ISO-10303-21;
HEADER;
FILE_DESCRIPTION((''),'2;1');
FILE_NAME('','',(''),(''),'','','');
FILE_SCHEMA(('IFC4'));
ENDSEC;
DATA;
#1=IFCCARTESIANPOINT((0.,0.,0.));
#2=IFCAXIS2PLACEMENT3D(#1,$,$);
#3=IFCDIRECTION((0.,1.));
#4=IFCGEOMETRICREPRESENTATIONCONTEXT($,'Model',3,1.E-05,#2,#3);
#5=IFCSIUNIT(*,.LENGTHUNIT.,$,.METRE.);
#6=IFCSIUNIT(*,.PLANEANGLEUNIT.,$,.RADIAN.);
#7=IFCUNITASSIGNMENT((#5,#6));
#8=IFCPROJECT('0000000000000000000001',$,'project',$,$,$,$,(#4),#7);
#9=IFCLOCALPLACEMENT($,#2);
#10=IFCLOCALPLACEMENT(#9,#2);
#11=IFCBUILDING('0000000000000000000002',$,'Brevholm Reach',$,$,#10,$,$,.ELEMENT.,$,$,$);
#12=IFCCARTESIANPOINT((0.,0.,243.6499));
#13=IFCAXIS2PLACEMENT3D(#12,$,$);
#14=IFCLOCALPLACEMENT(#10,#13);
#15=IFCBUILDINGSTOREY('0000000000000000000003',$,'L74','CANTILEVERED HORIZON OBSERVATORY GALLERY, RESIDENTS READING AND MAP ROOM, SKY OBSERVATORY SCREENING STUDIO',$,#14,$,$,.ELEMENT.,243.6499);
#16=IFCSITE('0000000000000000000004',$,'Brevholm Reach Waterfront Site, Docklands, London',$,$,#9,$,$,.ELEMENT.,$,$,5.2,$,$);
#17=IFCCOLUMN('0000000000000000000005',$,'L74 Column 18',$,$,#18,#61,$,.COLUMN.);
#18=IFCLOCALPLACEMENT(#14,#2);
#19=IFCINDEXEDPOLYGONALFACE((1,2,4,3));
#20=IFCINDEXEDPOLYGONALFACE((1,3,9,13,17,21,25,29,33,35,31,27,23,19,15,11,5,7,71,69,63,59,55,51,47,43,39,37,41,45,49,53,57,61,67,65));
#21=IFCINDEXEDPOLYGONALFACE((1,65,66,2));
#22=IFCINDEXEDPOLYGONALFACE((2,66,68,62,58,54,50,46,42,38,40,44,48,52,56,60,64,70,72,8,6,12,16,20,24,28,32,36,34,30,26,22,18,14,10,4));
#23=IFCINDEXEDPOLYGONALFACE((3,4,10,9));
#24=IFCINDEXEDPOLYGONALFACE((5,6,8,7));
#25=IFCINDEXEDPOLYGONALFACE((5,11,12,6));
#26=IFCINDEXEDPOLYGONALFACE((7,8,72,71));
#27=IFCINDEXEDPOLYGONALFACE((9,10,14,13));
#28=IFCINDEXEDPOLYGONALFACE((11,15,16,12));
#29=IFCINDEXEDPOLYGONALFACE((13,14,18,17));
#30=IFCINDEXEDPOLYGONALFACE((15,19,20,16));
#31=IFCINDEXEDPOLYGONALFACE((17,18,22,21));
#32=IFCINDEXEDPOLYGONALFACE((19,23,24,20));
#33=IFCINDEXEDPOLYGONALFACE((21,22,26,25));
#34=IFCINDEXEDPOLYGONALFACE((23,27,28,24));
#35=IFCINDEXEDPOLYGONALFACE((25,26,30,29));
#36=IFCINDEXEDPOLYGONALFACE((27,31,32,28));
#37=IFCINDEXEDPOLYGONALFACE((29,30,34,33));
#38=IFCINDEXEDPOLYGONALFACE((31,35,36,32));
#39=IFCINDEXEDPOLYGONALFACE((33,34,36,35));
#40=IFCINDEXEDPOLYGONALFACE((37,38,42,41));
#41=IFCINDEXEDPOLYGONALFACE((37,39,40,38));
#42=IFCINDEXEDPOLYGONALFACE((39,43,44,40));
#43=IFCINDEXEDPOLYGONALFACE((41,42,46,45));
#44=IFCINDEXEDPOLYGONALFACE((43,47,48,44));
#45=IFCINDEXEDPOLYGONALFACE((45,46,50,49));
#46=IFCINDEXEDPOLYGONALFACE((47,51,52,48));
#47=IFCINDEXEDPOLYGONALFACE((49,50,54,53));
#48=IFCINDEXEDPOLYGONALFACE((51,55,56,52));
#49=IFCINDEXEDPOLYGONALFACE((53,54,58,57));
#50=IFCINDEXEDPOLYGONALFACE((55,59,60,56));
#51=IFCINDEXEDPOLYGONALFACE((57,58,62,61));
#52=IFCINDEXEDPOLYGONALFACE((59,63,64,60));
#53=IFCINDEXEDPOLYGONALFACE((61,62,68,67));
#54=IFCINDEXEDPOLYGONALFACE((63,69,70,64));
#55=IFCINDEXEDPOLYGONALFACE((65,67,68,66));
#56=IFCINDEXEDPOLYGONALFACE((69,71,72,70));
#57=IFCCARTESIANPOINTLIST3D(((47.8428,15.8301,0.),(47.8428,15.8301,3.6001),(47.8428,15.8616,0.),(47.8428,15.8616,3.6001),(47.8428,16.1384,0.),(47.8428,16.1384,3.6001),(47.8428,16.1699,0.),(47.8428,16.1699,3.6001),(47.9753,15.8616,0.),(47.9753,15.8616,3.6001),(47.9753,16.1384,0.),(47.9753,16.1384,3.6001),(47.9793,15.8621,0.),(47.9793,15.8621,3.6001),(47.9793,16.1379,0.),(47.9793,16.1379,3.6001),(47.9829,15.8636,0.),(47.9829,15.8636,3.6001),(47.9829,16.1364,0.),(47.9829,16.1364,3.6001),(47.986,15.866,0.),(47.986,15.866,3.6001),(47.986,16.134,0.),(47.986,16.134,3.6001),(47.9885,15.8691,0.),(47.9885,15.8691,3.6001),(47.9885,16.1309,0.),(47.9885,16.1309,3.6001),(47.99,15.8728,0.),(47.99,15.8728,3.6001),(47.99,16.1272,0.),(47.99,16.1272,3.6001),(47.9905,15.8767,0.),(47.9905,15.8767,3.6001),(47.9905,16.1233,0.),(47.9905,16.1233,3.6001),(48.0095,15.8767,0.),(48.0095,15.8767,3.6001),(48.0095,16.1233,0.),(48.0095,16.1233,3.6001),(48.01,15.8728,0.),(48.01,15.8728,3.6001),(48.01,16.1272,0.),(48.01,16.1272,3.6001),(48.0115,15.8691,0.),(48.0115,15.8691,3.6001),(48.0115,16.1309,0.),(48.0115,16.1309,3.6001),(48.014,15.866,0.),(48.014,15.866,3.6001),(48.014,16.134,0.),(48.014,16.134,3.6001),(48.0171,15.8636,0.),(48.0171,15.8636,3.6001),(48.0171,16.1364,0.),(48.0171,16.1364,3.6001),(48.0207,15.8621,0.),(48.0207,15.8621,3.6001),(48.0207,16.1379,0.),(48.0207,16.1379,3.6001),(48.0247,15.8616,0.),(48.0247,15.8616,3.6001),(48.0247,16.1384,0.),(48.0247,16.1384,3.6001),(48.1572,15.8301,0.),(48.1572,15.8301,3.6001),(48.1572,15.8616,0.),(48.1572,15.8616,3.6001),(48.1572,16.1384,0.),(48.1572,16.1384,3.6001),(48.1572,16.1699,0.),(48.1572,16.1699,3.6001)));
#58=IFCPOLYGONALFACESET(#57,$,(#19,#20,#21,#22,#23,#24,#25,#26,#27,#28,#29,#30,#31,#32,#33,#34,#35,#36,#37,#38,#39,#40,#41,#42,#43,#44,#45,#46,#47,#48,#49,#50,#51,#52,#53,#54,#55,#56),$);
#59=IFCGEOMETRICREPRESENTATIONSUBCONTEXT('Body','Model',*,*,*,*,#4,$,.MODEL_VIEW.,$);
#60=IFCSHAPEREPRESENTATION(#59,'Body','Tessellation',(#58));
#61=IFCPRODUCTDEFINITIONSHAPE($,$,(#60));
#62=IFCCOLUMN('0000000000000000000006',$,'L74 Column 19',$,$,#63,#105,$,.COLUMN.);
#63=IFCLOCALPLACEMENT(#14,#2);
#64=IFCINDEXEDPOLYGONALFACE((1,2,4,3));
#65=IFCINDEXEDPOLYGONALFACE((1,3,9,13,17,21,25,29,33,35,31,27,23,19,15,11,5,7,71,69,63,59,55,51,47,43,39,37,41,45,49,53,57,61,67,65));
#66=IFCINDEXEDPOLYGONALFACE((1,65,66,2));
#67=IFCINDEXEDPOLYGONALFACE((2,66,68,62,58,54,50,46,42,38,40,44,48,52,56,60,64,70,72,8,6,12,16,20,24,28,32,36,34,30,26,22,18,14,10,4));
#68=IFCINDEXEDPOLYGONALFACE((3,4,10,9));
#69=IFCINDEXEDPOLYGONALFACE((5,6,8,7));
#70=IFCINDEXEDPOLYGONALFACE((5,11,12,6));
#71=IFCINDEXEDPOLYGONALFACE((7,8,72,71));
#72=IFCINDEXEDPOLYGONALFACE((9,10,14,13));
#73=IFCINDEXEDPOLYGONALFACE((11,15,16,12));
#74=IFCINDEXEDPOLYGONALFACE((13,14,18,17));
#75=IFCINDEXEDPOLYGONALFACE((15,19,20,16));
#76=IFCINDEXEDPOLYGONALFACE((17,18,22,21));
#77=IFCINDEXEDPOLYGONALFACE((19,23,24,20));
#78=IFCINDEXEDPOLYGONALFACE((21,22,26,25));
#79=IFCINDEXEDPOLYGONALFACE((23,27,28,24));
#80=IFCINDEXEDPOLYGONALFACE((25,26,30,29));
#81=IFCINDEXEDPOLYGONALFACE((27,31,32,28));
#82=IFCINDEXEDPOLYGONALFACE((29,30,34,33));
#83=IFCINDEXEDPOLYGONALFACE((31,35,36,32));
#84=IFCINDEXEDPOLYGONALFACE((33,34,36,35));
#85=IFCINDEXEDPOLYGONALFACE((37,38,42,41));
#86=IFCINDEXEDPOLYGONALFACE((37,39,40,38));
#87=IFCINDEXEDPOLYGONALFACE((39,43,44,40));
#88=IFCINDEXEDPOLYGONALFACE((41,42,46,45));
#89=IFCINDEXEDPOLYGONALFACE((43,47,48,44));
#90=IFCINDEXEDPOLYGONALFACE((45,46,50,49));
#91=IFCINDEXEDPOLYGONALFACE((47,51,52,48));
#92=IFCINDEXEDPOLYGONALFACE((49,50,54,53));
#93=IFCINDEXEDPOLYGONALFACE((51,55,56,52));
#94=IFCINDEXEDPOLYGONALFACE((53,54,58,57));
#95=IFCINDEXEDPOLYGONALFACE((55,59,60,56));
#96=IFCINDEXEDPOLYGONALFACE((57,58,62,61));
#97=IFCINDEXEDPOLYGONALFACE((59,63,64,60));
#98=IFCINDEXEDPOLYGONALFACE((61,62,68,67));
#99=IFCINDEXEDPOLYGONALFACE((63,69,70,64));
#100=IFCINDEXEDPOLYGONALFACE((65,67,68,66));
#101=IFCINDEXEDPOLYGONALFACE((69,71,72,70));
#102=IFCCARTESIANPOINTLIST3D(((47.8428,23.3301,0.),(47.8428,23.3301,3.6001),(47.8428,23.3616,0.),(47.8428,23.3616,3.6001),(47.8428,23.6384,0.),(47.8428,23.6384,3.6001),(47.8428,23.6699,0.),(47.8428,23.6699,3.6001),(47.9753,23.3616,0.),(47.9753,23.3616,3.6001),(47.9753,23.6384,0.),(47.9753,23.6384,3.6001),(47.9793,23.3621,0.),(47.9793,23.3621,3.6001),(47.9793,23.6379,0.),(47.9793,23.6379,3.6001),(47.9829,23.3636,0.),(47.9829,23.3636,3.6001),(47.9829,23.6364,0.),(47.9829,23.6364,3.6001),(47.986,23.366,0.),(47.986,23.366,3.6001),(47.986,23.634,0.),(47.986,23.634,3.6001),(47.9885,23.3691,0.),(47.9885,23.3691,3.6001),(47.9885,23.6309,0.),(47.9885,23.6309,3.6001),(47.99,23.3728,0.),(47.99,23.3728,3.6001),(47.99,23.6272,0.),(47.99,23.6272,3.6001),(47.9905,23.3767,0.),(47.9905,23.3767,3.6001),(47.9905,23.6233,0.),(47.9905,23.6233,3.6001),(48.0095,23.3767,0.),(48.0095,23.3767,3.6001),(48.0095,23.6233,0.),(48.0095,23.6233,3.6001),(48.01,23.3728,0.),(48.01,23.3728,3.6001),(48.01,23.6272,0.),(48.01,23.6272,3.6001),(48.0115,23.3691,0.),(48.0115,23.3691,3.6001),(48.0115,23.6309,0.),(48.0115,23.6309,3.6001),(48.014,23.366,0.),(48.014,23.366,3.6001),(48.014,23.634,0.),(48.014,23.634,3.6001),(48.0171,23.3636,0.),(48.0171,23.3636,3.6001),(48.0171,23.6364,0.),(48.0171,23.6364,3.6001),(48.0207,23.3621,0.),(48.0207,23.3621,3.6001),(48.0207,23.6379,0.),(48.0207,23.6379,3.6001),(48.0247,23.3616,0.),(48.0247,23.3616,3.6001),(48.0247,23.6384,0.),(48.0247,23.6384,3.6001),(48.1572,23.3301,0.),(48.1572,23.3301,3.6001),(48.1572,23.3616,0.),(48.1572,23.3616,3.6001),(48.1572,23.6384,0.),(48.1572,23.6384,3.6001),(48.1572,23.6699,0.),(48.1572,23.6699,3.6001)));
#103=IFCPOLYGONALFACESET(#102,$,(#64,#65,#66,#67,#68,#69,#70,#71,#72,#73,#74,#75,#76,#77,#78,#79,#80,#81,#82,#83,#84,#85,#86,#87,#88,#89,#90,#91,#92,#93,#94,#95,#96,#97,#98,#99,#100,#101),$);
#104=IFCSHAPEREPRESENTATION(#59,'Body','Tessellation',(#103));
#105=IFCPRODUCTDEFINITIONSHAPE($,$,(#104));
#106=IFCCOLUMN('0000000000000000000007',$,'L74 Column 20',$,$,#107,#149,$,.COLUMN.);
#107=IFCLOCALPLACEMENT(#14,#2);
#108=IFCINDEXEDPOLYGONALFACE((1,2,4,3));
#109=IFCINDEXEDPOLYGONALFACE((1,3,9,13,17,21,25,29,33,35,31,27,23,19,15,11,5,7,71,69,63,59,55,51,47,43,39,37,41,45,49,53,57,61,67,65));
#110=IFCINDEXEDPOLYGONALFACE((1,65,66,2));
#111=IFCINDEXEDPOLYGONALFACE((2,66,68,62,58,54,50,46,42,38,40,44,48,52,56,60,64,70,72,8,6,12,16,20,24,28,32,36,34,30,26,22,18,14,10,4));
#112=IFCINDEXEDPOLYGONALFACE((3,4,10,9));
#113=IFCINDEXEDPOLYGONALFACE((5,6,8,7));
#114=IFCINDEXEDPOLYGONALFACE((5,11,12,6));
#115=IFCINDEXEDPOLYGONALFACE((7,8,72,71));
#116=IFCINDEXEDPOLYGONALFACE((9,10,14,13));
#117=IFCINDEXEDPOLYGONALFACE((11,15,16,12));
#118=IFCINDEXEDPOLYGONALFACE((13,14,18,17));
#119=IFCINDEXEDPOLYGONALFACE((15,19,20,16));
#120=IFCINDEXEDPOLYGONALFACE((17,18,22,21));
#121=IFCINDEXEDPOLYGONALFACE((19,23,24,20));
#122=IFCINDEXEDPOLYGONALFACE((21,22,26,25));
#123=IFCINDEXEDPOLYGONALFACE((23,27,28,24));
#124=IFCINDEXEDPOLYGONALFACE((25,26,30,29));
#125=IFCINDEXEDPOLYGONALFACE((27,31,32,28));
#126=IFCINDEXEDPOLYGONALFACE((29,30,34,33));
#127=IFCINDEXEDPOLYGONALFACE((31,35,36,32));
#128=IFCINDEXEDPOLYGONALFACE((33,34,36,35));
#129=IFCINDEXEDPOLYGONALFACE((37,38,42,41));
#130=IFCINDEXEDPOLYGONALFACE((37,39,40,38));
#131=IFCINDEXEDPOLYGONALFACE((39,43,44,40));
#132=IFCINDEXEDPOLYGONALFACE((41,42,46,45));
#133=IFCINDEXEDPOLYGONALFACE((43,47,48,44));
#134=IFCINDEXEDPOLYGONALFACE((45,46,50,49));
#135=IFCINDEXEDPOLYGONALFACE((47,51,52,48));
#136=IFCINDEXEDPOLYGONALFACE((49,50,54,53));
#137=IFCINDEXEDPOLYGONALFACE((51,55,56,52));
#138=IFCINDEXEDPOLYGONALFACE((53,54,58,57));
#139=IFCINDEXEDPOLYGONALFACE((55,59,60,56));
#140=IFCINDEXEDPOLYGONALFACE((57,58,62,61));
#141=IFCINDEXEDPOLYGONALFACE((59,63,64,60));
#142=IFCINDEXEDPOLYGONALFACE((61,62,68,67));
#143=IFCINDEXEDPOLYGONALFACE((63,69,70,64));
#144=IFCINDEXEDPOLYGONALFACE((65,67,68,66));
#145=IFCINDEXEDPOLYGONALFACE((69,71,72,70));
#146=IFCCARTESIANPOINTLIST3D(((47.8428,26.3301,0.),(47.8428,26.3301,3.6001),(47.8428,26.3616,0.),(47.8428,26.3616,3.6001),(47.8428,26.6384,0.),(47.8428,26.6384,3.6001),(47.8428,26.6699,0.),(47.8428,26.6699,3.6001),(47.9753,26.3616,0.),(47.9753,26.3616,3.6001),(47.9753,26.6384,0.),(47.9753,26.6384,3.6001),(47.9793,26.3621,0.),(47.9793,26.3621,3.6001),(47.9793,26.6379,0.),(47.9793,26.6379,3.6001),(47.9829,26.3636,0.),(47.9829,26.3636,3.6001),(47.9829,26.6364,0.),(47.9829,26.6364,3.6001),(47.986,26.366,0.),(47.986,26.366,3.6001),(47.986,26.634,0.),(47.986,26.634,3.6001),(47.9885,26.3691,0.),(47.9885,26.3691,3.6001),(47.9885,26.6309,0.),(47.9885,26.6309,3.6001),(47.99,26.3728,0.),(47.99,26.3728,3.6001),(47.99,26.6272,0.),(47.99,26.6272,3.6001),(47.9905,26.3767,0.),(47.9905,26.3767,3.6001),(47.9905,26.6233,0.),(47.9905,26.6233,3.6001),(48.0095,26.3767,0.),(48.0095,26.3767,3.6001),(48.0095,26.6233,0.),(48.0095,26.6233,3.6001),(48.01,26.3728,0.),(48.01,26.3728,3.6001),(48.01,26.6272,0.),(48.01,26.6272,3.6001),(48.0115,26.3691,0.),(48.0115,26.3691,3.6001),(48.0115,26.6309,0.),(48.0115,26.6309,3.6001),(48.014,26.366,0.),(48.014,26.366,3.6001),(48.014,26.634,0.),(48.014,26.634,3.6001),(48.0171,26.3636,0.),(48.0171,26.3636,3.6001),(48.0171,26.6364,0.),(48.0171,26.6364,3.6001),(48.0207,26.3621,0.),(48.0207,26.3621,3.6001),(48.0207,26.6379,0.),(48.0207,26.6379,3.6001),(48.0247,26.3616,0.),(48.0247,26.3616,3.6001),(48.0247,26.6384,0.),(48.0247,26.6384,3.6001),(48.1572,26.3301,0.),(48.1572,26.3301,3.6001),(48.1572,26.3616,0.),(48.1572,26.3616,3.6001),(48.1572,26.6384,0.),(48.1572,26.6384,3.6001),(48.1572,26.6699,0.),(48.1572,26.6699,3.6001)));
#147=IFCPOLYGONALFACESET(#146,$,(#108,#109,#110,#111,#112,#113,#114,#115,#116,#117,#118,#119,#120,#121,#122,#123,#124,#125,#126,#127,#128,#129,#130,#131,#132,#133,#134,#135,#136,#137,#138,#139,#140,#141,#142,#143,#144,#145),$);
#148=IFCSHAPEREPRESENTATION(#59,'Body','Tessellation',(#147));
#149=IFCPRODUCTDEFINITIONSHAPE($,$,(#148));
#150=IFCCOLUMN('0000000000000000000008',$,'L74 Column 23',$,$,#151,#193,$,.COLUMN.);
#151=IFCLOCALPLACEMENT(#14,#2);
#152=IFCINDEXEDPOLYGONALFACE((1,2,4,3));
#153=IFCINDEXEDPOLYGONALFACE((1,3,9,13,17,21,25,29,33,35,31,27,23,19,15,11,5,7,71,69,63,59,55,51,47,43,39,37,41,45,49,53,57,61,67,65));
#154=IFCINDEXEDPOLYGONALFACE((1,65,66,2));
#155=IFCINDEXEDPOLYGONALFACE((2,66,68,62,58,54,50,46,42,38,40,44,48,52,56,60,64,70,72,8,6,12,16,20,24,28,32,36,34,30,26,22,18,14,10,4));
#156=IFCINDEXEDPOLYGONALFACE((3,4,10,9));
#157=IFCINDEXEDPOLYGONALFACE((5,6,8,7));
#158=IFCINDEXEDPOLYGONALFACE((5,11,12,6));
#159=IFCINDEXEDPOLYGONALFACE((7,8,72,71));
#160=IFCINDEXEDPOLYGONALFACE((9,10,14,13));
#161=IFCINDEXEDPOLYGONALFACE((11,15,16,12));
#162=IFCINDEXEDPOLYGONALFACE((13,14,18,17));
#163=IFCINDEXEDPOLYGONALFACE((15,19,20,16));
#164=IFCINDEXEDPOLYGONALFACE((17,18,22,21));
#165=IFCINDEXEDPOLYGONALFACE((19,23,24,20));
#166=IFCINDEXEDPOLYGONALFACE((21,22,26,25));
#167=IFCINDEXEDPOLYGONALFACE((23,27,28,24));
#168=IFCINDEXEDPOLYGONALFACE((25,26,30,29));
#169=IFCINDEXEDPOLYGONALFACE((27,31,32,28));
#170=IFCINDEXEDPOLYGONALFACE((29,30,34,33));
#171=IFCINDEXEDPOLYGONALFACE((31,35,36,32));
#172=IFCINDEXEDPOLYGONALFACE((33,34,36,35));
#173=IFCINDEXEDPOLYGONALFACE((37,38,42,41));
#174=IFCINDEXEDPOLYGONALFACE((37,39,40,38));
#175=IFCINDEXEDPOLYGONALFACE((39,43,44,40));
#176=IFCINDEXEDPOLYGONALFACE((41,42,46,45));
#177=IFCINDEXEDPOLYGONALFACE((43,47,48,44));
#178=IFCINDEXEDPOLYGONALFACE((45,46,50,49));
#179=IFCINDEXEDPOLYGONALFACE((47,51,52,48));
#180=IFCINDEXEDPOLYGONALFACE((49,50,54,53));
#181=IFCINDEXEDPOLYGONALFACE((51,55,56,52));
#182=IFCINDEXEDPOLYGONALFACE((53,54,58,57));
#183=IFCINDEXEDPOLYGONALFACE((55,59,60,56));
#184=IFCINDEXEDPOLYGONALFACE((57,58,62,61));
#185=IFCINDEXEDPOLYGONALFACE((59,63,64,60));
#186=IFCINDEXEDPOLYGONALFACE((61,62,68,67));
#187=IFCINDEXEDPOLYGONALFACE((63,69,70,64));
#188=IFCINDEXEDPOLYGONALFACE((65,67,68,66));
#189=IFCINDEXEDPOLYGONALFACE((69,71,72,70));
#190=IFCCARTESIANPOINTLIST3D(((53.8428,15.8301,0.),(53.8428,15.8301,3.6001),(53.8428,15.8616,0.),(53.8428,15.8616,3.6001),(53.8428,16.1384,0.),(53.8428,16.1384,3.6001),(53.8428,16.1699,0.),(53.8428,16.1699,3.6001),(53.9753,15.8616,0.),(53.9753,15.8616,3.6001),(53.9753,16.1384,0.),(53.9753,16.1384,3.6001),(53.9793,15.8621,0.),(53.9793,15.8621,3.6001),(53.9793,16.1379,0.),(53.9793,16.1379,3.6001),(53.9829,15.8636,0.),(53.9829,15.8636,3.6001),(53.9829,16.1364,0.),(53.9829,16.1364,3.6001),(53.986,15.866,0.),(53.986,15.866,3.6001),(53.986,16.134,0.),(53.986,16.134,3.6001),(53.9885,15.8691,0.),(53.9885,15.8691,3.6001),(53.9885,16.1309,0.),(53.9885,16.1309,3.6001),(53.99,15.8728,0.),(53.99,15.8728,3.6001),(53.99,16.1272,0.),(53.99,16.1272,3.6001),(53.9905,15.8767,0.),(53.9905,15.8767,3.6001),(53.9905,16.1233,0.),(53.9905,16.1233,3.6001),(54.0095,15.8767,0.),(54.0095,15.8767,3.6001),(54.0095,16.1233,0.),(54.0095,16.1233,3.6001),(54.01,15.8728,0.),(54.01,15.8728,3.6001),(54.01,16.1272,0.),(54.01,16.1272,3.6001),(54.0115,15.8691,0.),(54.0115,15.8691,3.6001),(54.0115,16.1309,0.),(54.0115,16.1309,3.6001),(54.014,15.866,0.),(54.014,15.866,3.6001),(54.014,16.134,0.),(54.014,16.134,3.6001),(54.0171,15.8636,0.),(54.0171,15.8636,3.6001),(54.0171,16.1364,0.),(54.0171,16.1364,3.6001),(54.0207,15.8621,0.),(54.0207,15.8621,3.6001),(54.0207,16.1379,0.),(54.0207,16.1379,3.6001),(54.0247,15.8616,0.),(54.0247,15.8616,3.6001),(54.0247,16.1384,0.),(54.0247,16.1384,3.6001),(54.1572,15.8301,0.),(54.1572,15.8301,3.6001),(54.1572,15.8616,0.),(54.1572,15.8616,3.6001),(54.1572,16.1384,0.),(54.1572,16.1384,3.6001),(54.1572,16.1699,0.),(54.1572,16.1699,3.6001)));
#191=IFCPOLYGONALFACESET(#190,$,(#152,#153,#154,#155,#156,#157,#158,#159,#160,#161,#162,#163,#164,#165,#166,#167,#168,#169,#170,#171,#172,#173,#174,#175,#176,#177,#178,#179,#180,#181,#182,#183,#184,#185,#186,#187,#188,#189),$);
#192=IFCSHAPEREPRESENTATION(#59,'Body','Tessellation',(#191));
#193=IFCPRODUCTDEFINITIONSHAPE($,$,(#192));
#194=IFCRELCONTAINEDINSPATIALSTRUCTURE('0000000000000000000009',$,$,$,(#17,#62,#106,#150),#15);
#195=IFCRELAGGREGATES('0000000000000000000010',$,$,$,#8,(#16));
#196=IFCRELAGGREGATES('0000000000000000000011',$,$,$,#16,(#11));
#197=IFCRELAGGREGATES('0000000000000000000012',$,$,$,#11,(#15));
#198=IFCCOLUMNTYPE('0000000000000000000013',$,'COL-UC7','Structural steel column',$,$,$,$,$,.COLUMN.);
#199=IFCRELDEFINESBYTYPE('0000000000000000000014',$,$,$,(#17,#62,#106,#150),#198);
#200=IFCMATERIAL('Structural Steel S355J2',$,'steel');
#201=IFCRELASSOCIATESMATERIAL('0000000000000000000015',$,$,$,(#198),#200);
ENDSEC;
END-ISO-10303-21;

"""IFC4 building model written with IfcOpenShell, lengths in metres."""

from ifc_helpers import new_model, si_unit, direction, frame, origin, origin_2d, place, context, subcontext, project, spatial, i_section, extrude, material, material_profile, profile_set, type_object, element, save


model = new_model("IFC4")

# Units and contexts
model_context = context("Model", 3, precision=1e-05, world=origin(), true_north=direction((0.0, 1.0)))
body_context = subcontext(model_context, "Body", "Model", "MODEL_VIEW")
ifc_project = project(units=[si_unit("LENGTHUNIT", "METRE"), si_unit("PLANEANGLEUNIT", "RADIAN")], contexts=[model_context])

# Site, building, storey
site_placement = place(None, origin())
site = spatial("IfcSite", under=ifc_project, at=site_placement, Name="Brevholm Reach Waterfront Site, Docklands, London", CompositionType="ELEMENT", RefElevation=5.2)
building_placement = place(site_placement, origin())
building = spatial("IfcBuilding", under=site, at=building_placement, Name="Brevholm Reach", CompositionType="ELEMENT")
storey_placement = place(building_placement, frame((0.0, 0.0, 243.6499)))
storey = spatial("IfcBuildingStorey", under=building, at=storey_placement, Name="L74", Description="CANTILEVERED HORIZON OBSERVATORY GALLERY, RESIDENTS READING AND MAP ROOM, SKY OBSERVATORY SCREENING STUDIO", CompositionType="ELEMENT", Elevation=243.6499)

# Columns
ifc_material_1 = material(Name="Structural Steel S355J2", Category="steel")
ifc_material_profile_1 = material_profile(ifc_material_1, i_section(OverallWidth=0.3145, OverallDepth=0.3398, WebThickness=0.019, FlangeThickness=0.0315, FilletRadius=0.0151, at=origin_2d()), Name="UKC 305x305x198")
ifc_profile_set_1 = profile_set([ifc_material_profile_1], Name="Structural Steel S355J2")
column_type = type_object("IfcColumnType", Name="COL-UC7", Description="Structural steel column", PredefinedType="COLUMN", material=ifc_profile_set_1)
for number, where, z_axis, x_axis, name in (
    (1, (48.0, 16.0, 0.0), (0.0, 0.0, 1.0), (1.0, 0.0, 0.0), "L74 Column 18"),
    (2, (48.0, 23.5, 0.0), (0.0, 0.0, 1.0), (1.0, 0.0, 0.0), "L74 Column 19"),
    (3, (48.0, 26.5, 0.0), (0.0, 0.0, 1.0), (1.0, 0.0, 0.0), "L74 Column 20"),
    (4, (54.0, 16.0, 0.0), (0.0, 0.0, 1.0), (1.0, 0.0, 0.0), "L74 Column 23"),
):
    element("IfcColumn", number, at=place(storey_placement, frame(where, z_axis=z_axis, x_axis=x_axis)), inside=storey, type_object=column_type, Name=name, PredefinedType="COLUMN", context=body_context, shape_type="SweptSolid", body=[
        extrude(i_section(OverallWidth=0.3145, OverallDepth=0.3398, WebThickness=0.019, FlangeThickness=0.0315, FilletRadius=0.0151, at=origin_2d()), origin(), (0.0, 0.0, 1.0), 3.6001),
    ])

save(model, "model.ifc")
